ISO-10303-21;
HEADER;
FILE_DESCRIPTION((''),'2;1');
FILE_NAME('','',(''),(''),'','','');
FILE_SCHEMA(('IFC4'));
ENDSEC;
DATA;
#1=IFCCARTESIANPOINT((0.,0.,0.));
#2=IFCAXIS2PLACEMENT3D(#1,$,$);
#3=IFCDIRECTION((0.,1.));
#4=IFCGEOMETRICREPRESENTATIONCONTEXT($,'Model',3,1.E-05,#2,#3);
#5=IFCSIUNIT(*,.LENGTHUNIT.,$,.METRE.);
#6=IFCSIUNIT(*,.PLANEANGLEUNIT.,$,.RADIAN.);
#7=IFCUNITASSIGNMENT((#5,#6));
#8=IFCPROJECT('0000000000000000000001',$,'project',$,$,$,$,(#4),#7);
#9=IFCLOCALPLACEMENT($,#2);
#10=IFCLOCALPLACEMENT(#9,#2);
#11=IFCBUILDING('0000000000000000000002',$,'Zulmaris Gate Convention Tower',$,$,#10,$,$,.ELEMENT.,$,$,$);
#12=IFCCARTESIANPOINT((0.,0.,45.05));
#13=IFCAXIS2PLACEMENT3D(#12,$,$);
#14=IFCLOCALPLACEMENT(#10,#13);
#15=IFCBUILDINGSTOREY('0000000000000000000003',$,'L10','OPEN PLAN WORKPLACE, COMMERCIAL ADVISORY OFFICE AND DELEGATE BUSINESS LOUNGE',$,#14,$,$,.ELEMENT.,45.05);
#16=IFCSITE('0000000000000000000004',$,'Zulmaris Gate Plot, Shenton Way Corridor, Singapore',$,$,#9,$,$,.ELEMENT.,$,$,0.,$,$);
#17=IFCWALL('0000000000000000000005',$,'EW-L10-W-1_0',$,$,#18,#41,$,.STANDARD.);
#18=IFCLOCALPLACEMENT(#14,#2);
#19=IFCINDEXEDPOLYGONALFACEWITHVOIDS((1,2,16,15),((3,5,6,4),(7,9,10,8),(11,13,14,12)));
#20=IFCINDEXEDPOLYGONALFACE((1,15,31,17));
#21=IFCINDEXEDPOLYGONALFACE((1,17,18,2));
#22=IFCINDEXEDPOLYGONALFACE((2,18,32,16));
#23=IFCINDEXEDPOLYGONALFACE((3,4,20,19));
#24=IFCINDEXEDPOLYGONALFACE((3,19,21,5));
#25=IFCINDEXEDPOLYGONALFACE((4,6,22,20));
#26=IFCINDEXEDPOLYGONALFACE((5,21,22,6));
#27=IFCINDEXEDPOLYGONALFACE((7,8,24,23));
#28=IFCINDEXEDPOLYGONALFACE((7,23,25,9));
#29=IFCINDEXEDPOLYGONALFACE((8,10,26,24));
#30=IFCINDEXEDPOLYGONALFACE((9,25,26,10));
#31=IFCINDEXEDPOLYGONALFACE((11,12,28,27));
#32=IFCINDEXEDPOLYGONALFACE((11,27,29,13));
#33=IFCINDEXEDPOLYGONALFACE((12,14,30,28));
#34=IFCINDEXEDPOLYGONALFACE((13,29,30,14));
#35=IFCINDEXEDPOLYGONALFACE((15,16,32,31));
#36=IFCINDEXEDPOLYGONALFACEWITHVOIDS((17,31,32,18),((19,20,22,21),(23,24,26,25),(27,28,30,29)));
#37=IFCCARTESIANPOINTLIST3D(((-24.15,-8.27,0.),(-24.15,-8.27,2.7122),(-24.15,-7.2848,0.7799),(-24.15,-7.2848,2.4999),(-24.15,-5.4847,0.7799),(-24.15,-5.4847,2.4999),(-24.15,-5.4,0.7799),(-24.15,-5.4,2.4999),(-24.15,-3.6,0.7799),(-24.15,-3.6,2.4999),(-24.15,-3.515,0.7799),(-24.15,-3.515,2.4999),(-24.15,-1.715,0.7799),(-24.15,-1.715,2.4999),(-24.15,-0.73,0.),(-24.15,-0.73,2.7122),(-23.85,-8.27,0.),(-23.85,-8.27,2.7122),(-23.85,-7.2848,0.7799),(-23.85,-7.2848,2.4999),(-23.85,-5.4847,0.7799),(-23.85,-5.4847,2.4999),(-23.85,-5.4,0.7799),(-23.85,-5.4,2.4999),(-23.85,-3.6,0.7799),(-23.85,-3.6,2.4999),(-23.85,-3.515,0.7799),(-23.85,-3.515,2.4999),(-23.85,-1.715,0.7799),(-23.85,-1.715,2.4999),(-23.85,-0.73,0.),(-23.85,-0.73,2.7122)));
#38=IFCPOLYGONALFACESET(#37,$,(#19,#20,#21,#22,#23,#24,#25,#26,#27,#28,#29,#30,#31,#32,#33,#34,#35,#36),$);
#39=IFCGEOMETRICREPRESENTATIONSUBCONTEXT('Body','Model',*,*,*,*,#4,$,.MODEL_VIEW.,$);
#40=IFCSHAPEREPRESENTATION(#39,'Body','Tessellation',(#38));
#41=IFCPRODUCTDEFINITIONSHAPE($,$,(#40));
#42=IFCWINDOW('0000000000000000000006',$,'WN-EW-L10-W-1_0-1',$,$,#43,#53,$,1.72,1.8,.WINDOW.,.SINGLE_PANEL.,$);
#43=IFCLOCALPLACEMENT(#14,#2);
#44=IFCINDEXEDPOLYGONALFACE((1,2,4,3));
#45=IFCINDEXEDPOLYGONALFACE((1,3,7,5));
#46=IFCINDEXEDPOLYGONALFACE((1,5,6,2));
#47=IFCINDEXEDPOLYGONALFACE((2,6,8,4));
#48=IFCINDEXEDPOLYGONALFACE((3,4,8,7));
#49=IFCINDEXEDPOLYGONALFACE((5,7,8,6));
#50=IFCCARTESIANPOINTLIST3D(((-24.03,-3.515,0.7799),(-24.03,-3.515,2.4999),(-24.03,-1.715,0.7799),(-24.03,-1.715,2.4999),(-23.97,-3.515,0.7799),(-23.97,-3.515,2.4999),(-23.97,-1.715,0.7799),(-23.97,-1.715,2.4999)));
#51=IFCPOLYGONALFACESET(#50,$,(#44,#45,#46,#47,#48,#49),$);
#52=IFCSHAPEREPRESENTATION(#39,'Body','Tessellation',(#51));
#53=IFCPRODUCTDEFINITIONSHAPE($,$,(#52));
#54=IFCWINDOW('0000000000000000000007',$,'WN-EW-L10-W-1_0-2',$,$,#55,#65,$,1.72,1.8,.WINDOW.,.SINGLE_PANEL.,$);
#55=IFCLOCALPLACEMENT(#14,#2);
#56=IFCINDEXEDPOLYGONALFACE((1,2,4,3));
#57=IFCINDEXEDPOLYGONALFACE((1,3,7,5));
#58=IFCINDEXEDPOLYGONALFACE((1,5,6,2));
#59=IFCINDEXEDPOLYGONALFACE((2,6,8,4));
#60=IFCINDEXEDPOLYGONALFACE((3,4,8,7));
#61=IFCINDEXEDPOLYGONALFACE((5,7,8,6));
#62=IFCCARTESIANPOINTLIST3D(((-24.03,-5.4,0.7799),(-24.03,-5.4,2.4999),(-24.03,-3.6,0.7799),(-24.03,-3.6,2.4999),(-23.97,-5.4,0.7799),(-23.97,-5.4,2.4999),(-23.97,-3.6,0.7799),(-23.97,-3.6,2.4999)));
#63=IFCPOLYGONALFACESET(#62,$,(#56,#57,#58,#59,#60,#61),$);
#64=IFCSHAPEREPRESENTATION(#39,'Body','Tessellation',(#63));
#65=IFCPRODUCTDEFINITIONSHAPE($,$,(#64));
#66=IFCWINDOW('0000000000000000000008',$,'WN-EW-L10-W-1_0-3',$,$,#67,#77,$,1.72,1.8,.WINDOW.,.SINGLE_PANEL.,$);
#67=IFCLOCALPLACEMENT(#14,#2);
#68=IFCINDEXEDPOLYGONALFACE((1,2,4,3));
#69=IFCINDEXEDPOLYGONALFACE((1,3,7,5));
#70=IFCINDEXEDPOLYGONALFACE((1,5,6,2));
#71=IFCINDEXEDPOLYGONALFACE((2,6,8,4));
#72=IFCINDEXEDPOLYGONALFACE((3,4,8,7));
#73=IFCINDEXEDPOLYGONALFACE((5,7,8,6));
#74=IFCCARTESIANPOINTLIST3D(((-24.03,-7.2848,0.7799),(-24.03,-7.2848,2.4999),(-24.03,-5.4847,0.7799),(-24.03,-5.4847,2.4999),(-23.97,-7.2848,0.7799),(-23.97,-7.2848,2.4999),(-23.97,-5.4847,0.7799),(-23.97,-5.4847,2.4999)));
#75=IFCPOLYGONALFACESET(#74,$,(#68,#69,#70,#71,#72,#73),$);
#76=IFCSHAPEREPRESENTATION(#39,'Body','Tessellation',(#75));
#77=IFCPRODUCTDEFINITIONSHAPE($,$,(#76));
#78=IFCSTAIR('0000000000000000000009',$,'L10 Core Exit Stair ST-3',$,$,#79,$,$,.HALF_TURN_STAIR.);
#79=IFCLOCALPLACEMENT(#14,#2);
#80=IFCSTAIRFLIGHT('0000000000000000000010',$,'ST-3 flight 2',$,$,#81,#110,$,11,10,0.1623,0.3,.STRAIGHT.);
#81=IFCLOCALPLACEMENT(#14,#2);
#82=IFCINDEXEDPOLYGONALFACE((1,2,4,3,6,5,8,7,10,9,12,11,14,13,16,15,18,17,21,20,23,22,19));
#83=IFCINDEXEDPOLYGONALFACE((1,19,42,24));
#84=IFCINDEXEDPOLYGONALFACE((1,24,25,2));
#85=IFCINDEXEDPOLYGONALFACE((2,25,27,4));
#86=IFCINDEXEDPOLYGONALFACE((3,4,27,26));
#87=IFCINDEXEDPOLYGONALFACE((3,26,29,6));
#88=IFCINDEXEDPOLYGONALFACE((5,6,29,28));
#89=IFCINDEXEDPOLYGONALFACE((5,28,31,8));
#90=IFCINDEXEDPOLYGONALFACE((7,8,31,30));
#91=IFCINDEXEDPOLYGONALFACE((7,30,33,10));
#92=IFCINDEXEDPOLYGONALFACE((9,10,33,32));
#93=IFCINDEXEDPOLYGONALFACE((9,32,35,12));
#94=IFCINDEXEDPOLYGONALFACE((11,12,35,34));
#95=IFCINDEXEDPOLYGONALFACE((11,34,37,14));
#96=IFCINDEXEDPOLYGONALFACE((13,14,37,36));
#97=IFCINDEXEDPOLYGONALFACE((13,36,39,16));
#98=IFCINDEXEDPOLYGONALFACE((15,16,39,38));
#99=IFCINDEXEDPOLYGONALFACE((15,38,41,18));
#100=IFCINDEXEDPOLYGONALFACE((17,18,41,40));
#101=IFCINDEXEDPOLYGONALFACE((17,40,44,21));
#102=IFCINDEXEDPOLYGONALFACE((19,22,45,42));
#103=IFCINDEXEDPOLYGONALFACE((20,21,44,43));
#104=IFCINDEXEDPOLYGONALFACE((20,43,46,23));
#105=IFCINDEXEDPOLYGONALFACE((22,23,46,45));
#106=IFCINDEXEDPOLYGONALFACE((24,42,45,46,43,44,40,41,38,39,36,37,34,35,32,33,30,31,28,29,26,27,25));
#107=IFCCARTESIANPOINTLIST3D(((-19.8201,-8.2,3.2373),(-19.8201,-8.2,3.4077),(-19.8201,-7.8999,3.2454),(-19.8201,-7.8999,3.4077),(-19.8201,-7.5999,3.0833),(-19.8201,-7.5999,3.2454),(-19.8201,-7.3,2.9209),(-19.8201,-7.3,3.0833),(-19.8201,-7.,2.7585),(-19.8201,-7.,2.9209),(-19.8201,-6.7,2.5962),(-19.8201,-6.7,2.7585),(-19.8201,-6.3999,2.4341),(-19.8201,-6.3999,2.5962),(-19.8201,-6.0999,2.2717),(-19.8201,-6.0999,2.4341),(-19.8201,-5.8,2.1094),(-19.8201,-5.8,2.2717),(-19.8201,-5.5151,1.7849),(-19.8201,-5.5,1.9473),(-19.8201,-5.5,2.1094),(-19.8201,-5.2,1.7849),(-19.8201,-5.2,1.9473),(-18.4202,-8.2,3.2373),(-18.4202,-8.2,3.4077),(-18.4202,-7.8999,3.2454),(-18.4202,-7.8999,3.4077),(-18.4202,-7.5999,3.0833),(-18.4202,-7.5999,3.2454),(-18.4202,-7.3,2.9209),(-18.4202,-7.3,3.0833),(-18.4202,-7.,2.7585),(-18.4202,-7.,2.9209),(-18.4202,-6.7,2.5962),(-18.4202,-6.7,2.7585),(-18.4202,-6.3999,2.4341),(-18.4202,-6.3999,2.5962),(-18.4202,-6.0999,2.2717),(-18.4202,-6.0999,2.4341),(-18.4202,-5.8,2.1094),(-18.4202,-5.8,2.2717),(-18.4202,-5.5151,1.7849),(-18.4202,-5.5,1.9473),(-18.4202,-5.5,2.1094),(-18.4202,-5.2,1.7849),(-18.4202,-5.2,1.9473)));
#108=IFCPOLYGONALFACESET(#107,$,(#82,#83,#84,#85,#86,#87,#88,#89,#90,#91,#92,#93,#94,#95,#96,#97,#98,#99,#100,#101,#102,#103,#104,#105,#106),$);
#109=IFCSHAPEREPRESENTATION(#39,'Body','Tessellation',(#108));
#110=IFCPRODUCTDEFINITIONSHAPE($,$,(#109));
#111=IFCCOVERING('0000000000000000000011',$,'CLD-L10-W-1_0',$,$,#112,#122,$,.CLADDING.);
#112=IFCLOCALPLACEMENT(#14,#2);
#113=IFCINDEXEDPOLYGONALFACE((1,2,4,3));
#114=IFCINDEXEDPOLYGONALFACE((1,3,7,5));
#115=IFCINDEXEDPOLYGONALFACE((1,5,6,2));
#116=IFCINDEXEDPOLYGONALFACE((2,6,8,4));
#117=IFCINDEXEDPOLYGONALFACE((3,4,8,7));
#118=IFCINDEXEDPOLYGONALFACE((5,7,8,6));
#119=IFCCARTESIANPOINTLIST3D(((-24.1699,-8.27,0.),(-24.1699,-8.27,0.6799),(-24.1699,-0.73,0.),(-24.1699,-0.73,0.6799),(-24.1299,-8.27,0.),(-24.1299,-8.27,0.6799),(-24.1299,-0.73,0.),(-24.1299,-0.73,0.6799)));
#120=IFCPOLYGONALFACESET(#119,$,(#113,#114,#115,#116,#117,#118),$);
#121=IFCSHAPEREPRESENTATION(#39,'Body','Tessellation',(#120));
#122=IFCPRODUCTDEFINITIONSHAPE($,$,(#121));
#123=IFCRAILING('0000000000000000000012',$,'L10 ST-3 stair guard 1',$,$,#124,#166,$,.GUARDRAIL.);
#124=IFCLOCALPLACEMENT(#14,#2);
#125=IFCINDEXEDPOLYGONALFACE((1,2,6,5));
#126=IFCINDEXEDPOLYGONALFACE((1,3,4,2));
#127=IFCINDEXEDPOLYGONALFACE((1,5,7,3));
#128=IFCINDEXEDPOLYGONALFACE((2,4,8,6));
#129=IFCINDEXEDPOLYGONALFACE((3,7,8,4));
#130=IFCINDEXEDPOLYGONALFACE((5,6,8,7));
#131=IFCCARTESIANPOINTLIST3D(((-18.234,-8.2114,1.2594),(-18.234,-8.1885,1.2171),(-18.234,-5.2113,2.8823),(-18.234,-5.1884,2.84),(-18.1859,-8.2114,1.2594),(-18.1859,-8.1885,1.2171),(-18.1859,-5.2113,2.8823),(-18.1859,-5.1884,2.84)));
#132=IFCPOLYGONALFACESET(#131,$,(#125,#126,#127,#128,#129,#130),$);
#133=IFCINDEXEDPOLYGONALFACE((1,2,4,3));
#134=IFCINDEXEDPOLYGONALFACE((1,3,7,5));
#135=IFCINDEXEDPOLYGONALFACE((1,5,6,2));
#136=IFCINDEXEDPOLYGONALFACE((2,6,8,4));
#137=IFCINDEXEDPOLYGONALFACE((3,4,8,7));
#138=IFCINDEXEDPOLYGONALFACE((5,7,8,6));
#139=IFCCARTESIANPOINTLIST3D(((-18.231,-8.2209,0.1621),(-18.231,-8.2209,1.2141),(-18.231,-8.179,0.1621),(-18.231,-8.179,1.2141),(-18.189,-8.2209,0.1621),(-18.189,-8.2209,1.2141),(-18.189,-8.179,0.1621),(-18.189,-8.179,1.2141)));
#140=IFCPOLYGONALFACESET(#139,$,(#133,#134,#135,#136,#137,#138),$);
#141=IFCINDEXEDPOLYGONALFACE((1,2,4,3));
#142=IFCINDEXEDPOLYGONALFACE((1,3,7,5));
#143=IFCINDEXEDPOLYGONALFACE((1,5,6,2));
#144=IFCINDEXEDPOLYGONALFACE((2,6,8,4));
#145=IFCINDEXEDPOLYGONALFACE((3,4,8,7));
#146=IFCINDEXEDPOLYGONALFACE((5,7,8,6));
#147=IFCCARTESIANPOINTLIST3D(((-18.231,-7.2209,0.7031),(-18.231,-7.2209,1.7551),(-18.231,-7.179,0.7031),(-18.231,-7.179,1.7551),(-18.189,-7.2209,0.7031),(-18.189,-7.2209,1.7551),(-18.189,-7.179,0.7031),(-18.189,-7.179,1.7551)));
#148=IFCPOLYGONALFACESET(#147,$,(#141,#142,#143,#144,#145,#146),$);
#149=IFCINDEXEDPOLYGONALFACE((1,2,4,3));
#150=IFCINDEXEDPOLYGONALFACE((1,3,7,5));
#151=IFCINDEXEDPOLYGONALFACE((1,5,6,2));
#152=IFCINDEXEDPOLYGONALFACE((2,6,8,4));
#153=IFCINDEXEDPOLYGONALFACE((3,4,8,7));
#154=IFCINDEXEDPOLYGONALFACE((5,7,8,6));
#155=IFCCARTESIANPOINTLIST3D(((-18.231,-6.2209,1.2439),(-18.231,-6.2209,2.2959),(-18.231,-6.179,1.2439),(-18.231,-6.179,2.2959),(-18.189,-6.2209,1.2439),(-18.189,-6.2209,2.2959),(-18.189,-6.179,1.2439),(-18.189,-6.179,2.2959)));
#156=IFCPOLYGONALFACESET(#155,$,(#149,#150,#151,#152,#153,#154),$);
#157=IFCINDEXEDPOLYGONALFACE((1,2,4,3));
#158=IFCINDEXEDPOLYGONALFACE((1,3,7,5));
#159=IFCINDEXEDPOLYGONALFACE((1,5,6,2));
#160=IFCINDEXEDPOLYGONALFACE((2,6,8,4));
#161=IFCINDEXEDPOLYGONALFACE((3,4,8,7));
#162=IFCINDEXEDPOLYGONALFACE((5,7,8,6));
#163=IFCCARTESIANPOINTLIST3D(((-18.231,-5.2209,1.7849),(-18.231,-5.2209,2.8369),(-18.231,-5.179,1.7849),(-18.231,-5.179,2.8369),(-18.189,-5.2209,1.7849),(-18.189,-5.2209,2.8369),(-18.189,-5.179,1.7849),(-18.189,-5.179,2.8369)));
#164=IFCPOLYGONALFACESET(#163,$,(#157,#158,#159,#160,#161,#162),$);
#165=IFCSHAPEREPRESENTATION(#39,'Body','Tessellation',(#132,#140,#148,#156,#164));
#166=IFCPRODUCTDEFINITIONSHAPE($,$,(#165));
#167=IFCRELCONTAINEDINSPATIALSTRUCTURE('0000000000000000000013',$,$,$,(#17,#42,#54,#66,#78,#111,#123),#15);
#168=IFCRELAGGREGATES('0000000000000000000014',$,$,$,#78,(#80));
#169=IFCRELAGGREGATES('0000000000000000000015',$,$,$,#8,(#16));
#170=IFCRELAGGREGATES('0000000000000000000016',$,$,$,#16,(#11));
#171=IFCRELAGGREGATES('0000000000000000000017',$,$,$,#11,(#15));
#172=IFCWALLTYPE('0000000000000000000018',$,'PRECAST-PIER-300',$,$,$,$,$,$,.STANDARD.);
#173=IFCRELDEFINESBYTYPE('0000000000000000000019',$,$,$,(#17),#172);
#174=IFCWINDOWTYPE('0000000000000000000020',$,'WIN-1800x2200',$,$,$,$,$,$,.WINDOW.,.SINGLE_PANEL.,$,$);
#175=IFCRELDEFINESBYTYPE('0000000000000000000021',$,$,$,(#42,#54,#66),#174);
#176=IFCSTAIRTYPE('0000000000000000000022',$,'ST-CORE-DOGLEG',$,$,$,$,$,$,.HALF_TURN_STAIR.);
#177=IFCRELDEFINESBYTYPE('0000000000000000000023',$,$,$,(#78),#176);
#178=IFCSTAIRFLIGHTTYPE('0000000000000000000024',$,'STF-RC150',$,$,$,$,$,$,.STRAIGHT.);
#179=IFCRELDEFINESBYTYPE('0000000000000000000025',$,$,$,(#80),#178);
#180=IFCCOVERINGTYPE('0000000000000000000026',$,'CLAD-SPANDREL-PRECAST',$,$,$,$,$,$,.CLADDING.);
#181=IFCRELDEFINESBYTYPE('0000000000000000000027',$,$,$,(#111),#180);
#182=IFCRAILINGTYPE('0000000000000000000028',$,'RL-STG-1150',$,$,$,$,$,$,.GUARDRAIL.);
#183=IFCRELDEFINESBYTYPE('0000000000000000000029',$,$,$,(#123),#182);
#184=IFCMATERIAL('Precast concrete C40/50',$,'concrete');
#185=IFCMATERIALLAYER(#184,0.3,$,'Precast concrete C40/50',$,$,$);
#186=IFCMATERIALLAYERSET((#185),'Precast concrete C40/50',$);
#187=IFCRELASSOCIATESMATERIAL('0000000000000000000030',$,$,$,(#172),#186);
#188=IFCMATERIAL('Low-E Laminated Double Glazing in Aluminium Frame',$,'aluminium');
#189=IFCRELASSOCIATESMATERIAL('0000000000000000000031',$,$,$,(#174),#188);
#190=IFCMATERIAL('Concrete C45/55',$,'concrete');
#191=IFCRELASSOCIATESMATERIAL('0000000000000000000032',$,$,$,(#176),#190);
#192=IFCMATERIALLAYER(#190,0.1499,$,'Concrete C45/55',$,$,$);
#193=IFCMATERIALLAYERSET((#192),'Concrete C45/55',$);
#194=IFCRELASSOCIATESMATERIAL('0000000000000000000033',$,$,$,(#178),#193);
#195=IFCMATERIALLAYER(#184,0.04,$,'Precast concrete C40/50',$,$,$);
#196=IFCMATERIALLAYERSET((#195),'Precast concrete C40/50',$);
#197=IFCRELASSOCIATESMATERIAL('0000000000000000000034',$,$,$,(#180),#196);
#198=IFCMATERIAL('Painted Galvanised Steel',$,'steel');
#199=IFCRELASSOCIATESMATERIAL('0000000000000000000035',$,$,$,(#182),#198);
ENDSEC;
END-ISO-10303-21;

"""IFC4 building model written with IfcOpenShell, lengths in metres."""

from ifc_helpers import new_model, si_unit, direction, frame, frame_2d, origin, origin_2d, place, context, subcontext, project, spatial, polyline, rectangle, outline, extrude, material, layer, layer_set, type_object, element, fill, aggregate, save


model = new_model("IFC4")

# Units and contexts
model_context = context("Model", 3, precision=1e-05, world=origin(), true_north=direction((0.0, 1.0)))
body_context = subcontext(model_context, "Body", "Model", "MODEL_VIEW")
ifc_project = project(units=[si_unit("LENGTHUNIT", "METRE"), si_unit("PLANEANGLEUNIT", "RADIAN")], contexts=[model_context])

# Site, building, storey
site_placement = place(None, origin())
site = spatial("IfcSite", under=ifc_project, at=site_placement, Name="Zulmaris Gate Plot, Shenton Way Corridor, Singapore", CompositionType="ELEMENT", RefElevation=0.0)
building_placement = place(site_placement, origin())
building = spatial("IfcBuilding", under=site, at=building_placement, Name="Zulmaris Gate Convention Tower", CompositionType="ELEMENT")
storey_placement = place(building_placement, frame((0.0, 0.0, 45.05)))
storey = spatial("IfcBuildingStorey", under=building, at=storey_placement, Name="L10", Description="OPEN PLAN WORKPLACE, COMMERCIAL ADVISORY OFFICE AND DELEGATE BUSINESS LOUNGE", CompositionType="ELEMENT", Elevation=45.05)

# Shared definitions
ifc_material_1 = material(Name="Precast concrete C40/50", Category="concrete")
ifc_layer_1 = layer(ifc_material_1, 0.3, Name="Precast concrete C40/50")
ifc_layer_set_1 = layer_set([ifc_layer_1], Name="Precast concrete C40/50")
wall_type_1 = type_object("IfcWallType", Name="PRECAST-PIER-300", PredefinedType="STANDARD", material=ifc_layer_set_1)

# Wall, openings, windows
wall_1_placement = place(storey_placement, frame((-24.0, -0.73, 0.0), z_axis=(0.0, 0.0, 1.0), x_axis=(0.0, -1.0, 0.0)))
wall_1 = element("IfcWall", 1, at=wall_1_placement, inside=storey, type_object=wall_type_1, Name="EW-L10-W-1_0", PredefinedType="STANDARD", context=body_context, shape_type="SweptSolid", body=[
    extrude(rectangle(XDim=7.54, YDim=0.3, at=frame_2d((3.77, 0.0))), origin(), (0.0, 0.0, 1.0), 2.7122),
])
opening_1_placement = place(wall_1_placement, frame((0.9851, 0.0, 0.78)))
opening_1 = element("IfcOpeningElement", 2, at=opening_1_placement, cuts=wall_1, PredefinedType="OPENING", context=body_context, shape_type="SweptSolid", body=[
    extrude(rectangle(XDim=1.8, YDim=1.72, at=frame_2d((0.8999, 0.8599))), frame((0.0, 0.1602, 0.0), z_axis=(0.0, -1.0, 0.0), x_axis=(1.0, 0.0, 0.0)), (0.0, 0.0, 1.0), 0.3201),
])
opening_2_placement = place(wall_1_placement, frame((2.8701, 0.0, 0.78)))
opening_2 = element("IfcOpeningElement", 3, at=opening_2_placement, cuts=wall_1, PredefinedType="OPENING", context=body_context, shape_type="SweptSolid", body=[
    extrude(rectangle(XDim=1.8, YDim=1.72, at=frame_2d((0.8999, 0.8599))), frame((0.0, 0.1602, 0.0), z_axis=(0.0, -1.0, 0.0), x_axis=(1.0, 0.0, 0.0)), (0.0, 0.0, 1.0), 0.3201),
])
opening_3_placement = place(wall_1_placement, frame((4.7549, 0.0, 0.78)))
opening_3 = element("IfcOpeningElement", 4, at=opening_3_placement, cuts=wall_1, PredefinedType="OPENING", context=body_context, shape_type="SweptSolid", body=[
    extrude(rectangle(XDim=1.8, YDim=1.72, at=frame_2d((0.8999, 0.8599))), frame((0.0, 0.1602, 0.0), z_axis=(0.0, -1.0, 0.0), x_axis=(1.0, 0.0, 0.0)), (0.0, 0.0, 1.0), 0.3201),
])
ifc_material_2 = material(Name="Low-E Laminated Double Glazing in Aluminium Frame", Category="aluminium")
window_type = type_object("IfcWindowType", Name="WIN-1800x2200", PartitioningType="SINGLE_PANEL", PredefinedType="WINDOW", material=ifc_material_2)
window_1_placement = place(opening_1_placement, origin())
window_1 = element("IfcWindow", 5, at=window_1_placement, inside=storey, type_object=window_type, Name="WN-EW-L10-W-1_0-1", OverallHeight=1.72, OverallWidth=1.8, PartitioningType="SINGLE_PANEL", PredefinedType="WINDOW", context=body_context, shape_type="SweptSolid", body=[
    extrude(rectangle(XDim=1.8, YDim=1.72, at=frame_2d((0.8999, 0.8599))), frame((0.0, 0.03, 0.0), z_axis=(0.0, -1.0, 0.0), x_axis=(1.0, 0.0, 0.0)), (0.0, 0.0, 1.0), 0.0601),
])
fill(opening_1, window_1)
window_2_placement = place(opening_2_placement, origin())
window_2 = element("IfcWindow", 6, at=window_2_placement, inside=storey, type_object=window_type, Name="WN-EW-L10-W-1_0-2", OverallHeight=1.72, OverallWidth=1.8, PartitioningType="SINGLE_PANEL", PredefinedType="WINDOW", context=body_context, shape_type="SweptSolid", body=[
    extrude(rectangle(XDim=1.8, YDim=1.72, at=frame_2d((0.8999, 0.8599))), frame((0.0, 0.03, 0.0), z_axis=(0.0, -1.0, 0.0), x_axis=(1.0, 0.0, 0.0)), (0.0, 0.0, 1.0), 0.0601),
])
fill(opening_2, window_2)
window_3_placement = place(opening_3_placement, origin())
window_3 = element("IfcWindow", 7, at=window_3_placement, inside=storey, type_object=window_type, Name="WN-EW-L10-W-1_0-3", OverallHeight=1.72, OverallWidth=1.8, PartitioningType="SINGLE_PANEL", PredefinedType="WINDOW", context=body_context, shape_type="SweptSolid", body=[
    extrude(rectangle(XDim=1.8, YDim=1.72, at=frame_2d((0.8999, 0.8599))), frame((0.0, 0.03, 0.0), z_axis=(0.0, -1.0, 0.0), x_axis=(1.0, 0.0, 0.0)), (0.0, 0.0, 1.0), 0.0601),
])
fill(opening_3, window_3)

# Stair, stair flight
ifc_material_3 = material(Name="Concrete C45/55", Category="concrete")
stair_type = type_object("IfcStairType", Name="ST-CORE-DOGLEG", PredefinedType="HALF_TURN_STAIR", material=ifc_material_3)
stair_placement = place(storey_placement, origin())
stair = element("IfcStair", 8, at=stair_placement, inside=storey, type_object=stair_type, Name="L10 Core Exit Stair ST-3", PredefinedType="HALF_TURN_STAIR")
ifc_layer_2 = layer(ifc_material_3, 0.1499, Name="Concrete C45/55")
ifc_layer_set_2 = layer_set([ifc_layer_2], Name="Concrete C45/55")
stair_flight_type = type_object("IfcStairFlightType", Name="STF-RC150", PredefinedType="STRAIGHT", material=ifc_layer_set_2)
stair_flight_placement = place(storey_placement, frame((-19.1201, -5.2, 1.7849), z_axis=(0.0, 0.0, 1.0), x_axis=(0.0, -1.0, 0.0)))
stair_flight = element("IfcStairFlight", 9, at=stair_flight_placement, type_object=stair_flight_type, Name="ST-3 flight 2", NumberOfRisers=11, NumberOfTreads=10, PredefinedType="STRAIGHT", RiserHeight=0.1623, TreadLength=0.3, context=body_context, shape_type="SweptSolid", body=[
    extrude(outline(polyline([(0.0, 0.0), (0.0, 0.1624), (0.3, 0.1624), (0.3, 0.3245), (0.6001, 0.3245), (0.6001, 0.4868), (0.8999, 0.4868), (0.8999, 0.6492), (1.2, 0.6492), (1.2, 0.8113), (1.5, 0.8113), (1.5, 0.9736), (1.8, 0.9736), (1.8, 1.136), (2.1001, 1.136), (2.1001, 1.2983), (2.3999, 1.2983), (2.3999, 1.4604), (2.7, 1.4604), (2.7, 1.6228), (3.0, 1.6228), (3.0, 1.7852), (3.0, 1.4524), (0.3152, 0.0), (0.0, 0.0)])), frame((0.0, 0.7, 0.0), z_axis=(0.0, -1.0, 0.0), x_axis=(1.0, 0.0, 0.0)), (0.0, 0.0, 1.0), 1.3999),
])
aggregate(stair, [stair_flight])

# Covering
ifc_layer_3 = layer(ifc_material_1, 0.04, Name="Precast concrete C40/50")
ifc_layer_set_3 = layer_set([ifc_layer_3], Name="Precast concrete C40/50")
covering_type = type_object("IfcCoveringType", Name="CLAD-SPANDREL-PRECAST", PredefinedType="CLADDING", material=ifc_layer_set_3)
covering_placement = place(storey_placement, frame((-24.1499, -0.73, 0.0), z_axis=(0.0, 0.0, 1.0), x_axis=(0.0, -1.0, 0.0)))
element("IfcCovering", 10, at=covering_placement, inside=storey, type_object=covering_type, Name="CLD-L10-W-1_0", PredefinedType="CLADDING", context=body_context, shape_type="SweptSolid", body=[
    extrude(rectangle(XDim=7.54, YDim=0.04, at=frame_2d((3.77, 0.0))), origin(), (0.0, 0.0, 1.0), 0.6799),
])

# Railing
ifc_material_4 = material(Name="Painted Galvanised Steel", Category="steel")
railing_type_1 = type_object("IfcRailingType", Name="RL-STG-1150", PredefinedType="GUARDRAIL", material=ifc_material_4)
railing_1_placement = place(storey_placement, frame((-18.21, -8.2, 0.1621)))
element("IfcRailing", 11, at=railing_1_placement, inside=storey, type_object=railing_type_1, Name="L10 ST-3 stair guard 1", PredefinedType="GUARDRAIL", context=body_context, shape_type="SweptSolid", body=[
    extrude(rectangle(XDim=0.0481, YDim=0.0481, at=origin_2d()), frame((0.0, 0.0, 1.0762), z_axis=(0.0, 0.879562, 0.475785), x_axis=(-1.0, 0.0, 0.0)), (0.0, 0.0, 1.0), 3.4109),
    extrude(rectangle(XDim=0.042, YDim=0.042, at=origin_2d()), origin(), (0.0, 0.0, 1.0), 1.052),
    extrude(rectangle(XDim=0.042, YDim=0.042, at=origin_2d()), frame((0.0, 1.0, 0.541)), (0.0, 0.0, 1.0), 1.052),
    extrude(rectangle(XDim=0.042, YDim=0.042, at=origin_2d()), frame((0.0, 2.0, 1.0818)), (0.0, 0.0, 1.0), 1.052),
    extrude(rectangle(XDim=0.042, YDim=0.042, at=origin_2d()), frame((0.0, 3.0, 1.6228)), (0.0, 0.0, 1.0), 1.052),
])

save(model, "model.ifc")
